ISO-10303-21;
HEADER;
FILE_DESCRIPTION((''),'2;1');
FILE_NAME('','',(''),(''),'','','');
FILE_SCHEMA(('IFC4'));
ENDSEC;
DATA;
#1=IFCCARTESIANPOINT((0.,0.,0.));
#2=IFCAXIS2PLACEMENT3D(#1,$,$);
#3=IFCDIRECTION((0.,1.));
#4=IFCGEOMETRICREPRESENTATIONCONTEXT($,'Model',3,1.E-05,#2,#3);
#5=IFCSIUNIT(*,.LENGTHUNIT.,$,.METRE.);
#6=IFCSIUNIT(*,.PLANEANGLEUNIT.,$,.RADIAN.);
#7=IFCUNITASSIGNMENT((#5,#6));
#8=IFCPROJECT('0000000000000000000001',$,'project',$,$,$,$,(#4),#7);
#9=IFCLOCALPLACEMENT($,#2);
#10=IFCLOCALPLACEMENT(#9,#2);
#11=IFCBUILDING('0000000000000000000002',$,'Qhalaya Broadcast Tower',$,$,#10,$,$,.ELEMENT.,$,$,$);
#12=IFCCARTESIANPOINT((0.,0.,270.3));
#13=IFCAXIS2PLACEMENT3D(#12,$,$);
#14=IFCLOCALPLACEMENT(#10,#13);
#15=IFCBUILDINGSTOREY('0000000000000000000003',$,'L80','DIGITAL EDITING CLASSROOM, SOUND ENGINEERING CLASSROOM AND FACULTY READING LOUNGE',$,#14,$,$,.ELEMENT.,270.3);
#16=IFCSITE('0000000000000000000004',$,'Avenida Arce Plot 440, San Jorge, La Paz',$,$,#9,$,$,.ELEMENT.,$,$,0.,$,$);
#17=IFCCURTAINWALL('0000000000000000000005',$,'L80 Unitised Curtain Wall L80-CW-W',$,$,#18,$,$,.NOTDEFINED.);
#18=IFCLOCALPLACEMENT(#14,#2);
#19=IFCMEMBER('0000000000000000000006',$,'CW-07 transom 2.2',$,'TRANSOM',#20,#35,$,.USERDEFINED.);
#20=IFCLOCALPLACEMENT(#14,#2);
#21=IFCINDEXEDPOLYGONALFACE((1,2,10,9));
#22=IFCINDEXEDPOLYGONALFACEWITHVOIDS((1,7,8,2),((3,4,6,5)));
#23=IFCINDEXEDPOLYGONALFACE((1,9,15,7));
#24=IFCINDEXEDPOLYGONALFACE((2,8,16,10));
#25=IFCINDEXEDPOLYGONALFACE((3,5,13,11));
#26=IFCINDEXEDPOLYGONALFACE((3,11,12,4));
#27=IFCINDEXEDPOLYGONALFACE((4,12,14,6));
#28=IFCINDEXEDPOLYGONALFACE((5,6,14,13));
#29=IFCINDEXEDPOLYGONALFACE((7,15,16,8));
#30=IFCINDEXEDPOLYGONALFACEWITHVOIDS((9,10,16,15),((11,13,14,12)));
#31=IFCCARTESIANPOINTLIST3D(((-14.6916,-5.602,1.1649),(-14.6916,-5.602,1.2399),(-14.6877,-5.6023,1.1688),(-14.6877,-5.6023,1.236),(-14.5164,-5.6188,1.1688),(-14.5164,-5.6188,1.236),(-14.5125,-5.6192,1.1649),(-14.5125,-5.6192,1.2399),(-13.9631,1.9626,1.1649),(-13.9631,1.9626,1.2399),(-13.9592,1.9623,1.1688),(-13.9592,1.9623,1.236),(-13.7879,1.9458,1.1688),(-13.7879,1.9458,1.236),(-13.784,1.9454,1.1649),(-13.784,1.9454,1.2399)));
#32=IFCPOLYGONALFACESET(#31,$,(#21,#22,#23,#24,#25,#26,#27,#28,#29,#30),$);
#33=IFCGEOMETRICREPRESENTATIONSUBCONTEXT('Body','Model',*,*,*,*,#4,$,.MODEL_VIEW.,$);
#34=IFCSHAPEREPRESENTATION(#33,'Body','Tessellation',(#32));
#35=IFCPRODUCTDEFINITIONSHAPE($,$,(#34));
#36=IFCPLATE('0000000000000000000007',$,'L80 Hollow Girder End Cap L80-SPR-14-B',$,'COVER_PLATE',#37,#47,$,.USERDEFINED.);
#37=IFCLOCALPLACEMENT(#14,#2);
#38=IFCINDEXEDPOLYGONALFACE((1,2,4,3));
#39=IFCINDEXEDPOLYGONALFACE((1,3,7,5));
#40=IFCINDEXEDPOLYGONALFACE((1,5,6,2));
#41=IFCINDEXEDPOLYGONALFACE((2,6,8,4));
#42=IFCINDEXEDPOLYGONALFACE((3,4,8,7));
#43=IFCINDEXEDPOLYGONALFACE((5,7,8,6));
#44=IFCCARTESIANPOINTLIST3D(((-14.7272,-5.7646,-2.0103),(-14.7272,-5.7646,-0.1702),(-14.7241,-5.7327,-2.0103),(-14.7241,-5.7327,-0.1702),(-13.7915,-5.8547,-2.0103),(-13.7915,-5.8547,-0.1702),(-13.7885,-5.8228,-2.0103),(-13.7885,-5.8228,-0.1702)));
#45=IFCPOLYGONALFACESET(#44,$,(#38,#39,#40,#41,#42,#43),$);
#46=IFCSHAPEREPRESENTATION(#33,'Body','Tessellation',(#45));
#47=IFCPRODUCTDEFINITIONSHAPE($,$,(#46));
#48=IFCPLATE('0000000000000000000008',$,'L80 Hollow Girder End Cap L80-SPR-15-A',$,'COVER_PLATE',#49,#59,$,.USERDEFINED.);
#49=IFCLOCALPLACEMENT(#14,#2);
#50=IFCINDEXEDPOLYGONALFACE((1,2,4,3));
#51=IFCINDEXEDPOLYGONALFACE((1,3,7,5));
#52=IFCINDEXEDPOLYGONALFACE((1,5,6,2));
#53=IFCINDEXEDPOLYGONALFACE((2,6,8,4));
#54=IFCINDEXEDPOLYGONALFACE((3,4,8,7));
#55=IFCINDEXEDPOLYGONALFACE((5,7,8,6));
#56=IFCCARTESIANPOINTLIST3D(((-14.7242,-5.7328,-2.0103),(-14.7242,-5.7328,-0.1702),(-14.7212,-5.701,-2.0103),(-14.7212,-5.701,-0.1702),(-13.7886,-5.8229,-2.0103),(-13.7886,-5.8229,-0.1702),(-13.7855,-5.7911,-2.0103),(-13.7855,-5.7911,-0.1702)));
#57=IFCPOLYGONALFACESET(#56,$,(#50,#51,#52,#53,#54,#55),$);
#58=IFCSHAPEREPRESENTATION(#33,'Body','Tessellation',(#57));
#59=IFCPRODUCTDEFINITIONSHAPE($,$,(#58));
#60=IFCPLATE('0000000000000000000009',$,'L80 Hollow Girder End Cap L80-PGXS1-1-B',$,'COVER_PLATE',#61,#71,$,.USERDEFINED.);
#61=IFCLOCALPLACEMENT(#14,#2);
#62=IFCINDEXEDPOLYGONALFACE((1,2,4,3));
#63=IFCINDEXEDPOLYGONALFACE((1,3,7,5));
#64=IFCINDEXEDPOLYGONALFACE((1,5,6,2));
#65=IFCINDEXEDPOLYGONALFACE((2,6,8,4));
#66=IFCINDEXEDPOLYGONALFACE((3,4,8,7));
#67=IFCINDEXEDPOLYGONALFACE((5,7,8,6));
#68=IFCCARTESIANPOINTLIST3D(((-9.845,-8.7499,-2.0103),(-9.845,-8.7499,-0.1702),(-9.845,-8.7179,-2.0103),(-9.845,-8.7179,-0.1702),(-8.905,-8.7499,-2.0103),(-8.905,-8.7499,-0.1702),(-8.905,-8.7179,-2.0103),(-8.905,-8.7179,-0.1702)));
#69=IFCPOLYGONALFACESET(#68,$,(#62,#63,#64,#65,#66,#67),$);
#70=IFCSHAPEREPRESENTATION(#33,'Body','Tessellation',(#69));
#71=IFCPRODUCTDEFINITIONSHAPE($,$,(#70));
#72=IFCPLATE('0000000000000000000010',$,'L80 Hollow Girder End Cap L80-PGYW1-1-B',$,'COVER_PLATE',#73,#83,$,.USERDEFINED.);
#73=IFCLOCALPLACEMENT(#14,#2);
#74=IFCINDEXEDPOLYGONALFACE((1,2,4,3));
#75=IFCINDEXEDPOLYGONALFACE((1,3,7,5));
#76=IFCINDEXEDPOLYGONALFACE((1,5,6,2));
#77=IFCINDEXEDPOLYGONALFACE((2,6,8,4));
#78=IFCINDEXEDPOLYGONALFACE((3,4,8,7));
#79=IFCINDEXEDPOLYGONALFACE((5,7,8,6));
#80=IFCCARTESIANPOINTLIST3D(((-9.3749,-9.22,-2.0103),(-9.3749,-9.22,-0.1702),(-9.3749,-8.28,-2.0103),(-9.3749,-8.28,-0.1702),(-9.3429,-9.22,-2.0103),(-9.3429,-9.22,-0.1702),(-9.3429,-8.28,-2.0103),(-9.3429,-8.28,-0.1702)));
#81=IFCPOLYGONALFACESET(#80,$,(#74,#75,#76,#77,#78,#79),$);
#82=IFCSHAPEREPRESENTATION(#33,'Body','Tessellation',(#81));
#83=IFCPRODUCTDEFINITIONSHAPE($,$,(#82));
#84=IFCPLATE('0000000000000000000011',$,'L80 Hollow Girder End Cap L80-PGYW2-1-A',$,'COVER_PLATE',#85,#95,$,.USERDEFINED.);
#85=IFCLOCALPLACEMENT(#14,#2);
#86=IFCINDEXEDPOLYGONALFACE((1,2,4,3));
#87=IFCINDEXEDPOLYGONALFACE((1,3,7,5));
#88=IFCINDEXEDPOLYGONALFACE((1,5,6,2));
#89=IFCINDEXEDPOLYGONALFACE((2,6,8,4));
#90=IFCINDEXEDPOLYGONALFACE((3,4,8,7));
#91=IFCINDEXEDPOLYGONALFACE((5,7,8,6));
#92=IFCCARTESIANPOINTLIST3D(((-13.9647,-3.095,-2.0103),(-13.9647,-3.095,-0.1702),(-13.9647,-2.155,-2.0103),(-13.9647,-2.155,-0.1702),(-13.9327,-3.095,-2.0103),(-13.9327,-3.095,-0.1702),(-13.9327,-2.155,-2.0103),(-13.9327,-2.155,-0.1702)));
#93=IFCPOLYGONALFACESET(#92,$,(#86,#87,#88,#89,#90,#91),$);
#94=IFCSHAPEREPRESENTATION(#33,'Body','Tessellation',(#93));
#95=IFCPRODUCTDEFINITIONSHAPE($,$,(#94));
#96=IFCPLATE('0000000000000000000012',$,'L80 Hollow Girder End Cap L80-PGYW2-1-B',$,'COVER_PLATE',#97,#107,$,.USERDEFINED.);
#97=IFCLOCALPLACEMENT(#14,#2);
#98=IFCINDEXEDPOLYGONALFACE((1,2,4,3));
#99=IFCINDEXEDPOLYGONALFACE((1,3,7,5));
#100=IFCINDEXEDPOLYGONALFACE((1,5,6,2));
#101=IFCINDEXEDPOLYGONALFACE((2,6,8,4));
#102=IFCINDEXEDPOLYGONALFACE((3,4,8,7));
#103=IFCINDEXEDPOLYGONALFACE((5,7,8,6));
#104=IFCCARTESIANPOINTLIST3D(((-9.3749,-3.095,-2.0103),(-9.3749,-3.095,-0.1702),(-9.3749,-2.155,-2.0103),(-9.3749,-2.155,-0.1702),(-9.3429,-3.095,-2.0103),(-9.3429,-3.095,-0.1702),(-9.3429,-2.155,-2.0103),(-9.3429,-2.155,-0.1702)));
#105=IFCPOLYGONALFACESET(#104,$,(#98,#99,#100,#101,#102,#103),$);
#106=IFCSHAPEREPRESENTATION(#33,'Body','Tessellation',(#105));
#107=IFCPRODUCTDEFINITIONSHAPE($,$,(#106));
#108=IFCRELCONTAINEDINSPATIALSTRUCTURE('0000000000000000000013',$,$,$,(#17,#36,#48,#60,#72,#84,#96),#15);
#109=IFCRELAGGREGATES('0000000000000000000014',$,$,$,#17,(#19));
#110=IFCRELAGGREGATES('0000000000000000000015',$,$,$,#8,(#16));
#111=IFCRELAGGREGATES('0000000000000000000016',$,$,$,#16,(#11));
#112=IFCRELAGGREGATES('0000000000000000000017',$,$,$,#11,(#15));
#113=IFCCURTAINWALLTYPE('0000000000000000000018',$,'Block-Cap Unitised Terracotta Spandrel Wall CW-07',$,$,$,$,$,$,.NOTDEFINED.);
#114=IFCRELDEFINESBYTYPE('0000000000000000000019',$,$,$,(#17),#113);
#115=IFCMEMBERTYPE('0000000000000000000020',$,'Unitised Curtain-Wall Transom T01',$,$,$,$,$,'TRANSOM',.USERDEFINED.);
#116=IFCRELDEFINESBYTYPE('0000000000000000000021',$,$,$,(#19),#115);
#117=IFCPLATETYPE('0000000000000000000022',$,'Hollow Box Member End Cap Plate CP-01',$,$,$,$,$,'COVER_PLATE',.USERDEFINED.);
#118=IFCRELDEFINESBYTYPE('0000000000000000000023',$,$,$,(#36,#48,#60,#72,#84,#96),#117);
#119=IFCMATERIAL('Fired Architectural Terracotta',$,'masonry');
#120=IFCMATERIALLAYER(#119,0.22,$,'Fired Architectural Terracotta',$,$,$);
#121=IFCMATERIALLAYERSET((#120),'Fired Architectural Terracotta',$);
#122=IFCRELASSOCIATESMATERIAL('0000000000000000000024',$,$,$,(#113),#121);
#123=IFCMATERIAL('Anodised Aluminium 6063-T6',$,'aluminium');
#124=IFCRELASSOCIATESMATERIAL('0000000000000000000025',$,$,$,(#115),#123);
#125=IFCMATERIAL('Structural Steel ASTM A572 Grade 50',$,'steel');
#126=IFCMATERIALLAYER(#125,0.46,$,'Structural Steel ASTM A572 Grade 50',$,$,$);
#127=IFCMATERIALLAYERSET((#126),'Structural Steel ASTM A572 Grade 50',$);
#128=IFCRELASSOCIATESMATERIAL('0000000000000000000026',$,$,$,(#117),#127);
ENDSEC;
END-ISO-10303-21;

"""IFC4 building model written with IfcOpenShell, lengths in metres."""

from ifc_helpers import new_model, si_unit, direction, frame, origin, origin_2d, place, context, subcontext, project, spatial, rectangle, hollow_rectangle, extrude, material, layer, layer_set, material_profile, profile_set, type_object, element, aggregate, save


model = new_model("IFC4")

# Units and contexts
model_context = context("Model", 3, precision=1e-05, world=origin(), true_north=direction((0.0, 1.0)))
body_context = subcontext(model_context, "Body", "Model", "MODEL_VIEW")
ifc_project = project(units=[si_unit("LENGTHUNIT", "METRE"), si_unit("PLANEANGLEUNIT", "RADIAN")], contexts=[model_context])

# Site, building, storey
site_placement = place(None, origin())
site = spatial("IfcSite", under=ifc_project, at=site_placement, Name="Avenida Arce Plot 440, San Jorge, La Paz", CompositionType="ELEMENT", RefElevation=0.0)
building_placement = place(site_placement, origin())
building = spatial("IfcBuilding", under=site, at=building_placement, Name="Qhalaya Broadcast Tower", CompositionType="ELEMENT")
storey_placement = place(building_placement, frame((0.0, 0.0, 270.3)))
storey = spatial("IfcBuildingStorey", under=building, at=storey_placement, Name="L80", Description="DIGITAL EDITING CLASSROOM, SOUND ENGINEERING CLASSROOM AND FACULTY READING LOUNGE", CompositionType="ELEMENT", Elevation=270.3)

# Shared definitions
ifc_material_1 = material(Name="Structural Steel ASTM A572 Grade 50", Category="steel")

# Curtain wall, member
ifc_material_2 = material(Name="Fired Architectural Terracotta", Category="masonry")
ifc_layer_1 = layer(ifc_material_2, 0.22, Name="Fired Architectural Terracotta")
ifc_layer_set_1 = layer_set([ifc_layer_1], Name="Fired Architectural Terracotta")
curtain_wall_type = type_object("IfcCurtainWallType", Name="Block-Cap Unitised Terracotta Spandrel Wall CW-07", PredefinedType="NOTDEFINED", material=ifc_layer_set_1)
curtain_wall_placement = place(storey_placement, origin())
curtain_wall = element("IfcCurtainWall", 1, at=curtain_wall_placement, inside=storey, type_object=curtain_wall_type, Name="L80 Unitised Curtain Wall L80-CW-W", PredefinedType="NOTDEFINED")
ifc_material_3 = material(Name="Anodised Aluminium 6063-T6", Category="aluminium")
ifc_material_profile_1 = material_profile(ifc_material_3, hollow_rectangle(XDim=0.075, YDim=0.1799, WallThickness=0.0039, at=origin_2d()), Name="ALU-TRN 75x180x4")
ifc_profile_set_1 = profile_set([ifc_material_profile_1], Name="Anodised Aluminium 6063-T6")
member_type_1 = type_object("IfcMemberType", Name="Unitised Curtain-Wall Transom T01", ElementType="TRANSOM", PredefinedType="USERDEFINED", material=ifc_profile_set_1)
member_1_placement = place(storey_placement, frame((-14.6021, -5.6106, 1.2024), z_axis=(0.095861, 0.995395, 0.0), x_axis=(0.0, 0.0, 1.0)))
member_1 = element("IfcMember", 2, at=member_1_placement, type_object=member_type_1, Name="CW-07 transom 2.2", ObjectType="TRANSOM", PredefinedType="USERDEFINED", context=body_context, shape_type="SweptSolid", body=[
    extrude(hollow_rectangle(XDim=0.075, YDim=0.1799, WallThickness=0.0039, at=origin_2d()), origin(), (0.0, 0.0, 1.0), 7.5996),
])
aggregate(curtain_wall, [member_1])

# Plates
ifc_layer_2 = layer(ifc_material_1, 0.46, Name="Structural Steel ASTM A572 Grade 50")
ifc_layer_set_2 = layer_set([ifc_layer_2], Name="Structural Steel ASTM A572 Grade 50")
plate_type = type_object("IfcPlateType", Name="Hollow Box Member End Cap Plate CP-01", ElementType="COVER_PLATE", PredefinedType="USERDEFINED", material=ifc_layer_set_2)
for number, where, z_axis, x_axis, name in (
    (3, (-14.2578, -5.7937, -2.0103), (0.0, 0.0, 1.0), (0.995396, -0.095846, 0.0), "L80 Hollow Girder End Cap L80-SPR-14-B"),
    (4, (-14.2549, -5.762, -2.0103), (0.0, 0.0, 1.0), (0.995396, -0.095846, 0.0), "L80 Hollow Girder End Cap L80-SPR-15-A"),
    (5, (-9.375, -8.7339, -2.0103), (0.0, 0.0, 1.0), (-1.0, 0.0, 0.0), "L80 Hollow Girder End Cap L80-PGXS1-1-B"),
    (6, (-9.3589, -8.75, -2.0103), (0.0, 0.0, 1.0), (0.0, 1.0, 0.0), "L80 Hollow Girder End Cap L80-PGYW1-1-B"),
    (7, (-13.9487, -2.625, -2.0103), (0.0, 0.0, 1.0), (0.0, 1.0, 0.0), "L80 Hollow Girder End Cap L80-PGYW2-1-A"),
    (8, (-9.3589, -2.625, -2.0103), (0.0, 0.0, 1.0), (0.0, 1.0, 0.0), "L80 Hollow Girder End Cap L80-PGYW2-1-B"),
):
    element("IfcPlate", number, at=place(storey_placement, frame(where, z_axis=z_axis, x_axis=x_axis)), inside=storey, type_object=plate_type, Name=name, ObjectType="COVER_PLATE", PredefinedType="USERDEFINED", context=body_context, shape_type="SweptSolid", body=[
        extrude(rectangle(XDim=0.9399, YDim=0.032, at=origin_2d()), origin(), (0.0, 0.0, 1.0), 1.8401),
    ])

save(model, "model.ifc")
